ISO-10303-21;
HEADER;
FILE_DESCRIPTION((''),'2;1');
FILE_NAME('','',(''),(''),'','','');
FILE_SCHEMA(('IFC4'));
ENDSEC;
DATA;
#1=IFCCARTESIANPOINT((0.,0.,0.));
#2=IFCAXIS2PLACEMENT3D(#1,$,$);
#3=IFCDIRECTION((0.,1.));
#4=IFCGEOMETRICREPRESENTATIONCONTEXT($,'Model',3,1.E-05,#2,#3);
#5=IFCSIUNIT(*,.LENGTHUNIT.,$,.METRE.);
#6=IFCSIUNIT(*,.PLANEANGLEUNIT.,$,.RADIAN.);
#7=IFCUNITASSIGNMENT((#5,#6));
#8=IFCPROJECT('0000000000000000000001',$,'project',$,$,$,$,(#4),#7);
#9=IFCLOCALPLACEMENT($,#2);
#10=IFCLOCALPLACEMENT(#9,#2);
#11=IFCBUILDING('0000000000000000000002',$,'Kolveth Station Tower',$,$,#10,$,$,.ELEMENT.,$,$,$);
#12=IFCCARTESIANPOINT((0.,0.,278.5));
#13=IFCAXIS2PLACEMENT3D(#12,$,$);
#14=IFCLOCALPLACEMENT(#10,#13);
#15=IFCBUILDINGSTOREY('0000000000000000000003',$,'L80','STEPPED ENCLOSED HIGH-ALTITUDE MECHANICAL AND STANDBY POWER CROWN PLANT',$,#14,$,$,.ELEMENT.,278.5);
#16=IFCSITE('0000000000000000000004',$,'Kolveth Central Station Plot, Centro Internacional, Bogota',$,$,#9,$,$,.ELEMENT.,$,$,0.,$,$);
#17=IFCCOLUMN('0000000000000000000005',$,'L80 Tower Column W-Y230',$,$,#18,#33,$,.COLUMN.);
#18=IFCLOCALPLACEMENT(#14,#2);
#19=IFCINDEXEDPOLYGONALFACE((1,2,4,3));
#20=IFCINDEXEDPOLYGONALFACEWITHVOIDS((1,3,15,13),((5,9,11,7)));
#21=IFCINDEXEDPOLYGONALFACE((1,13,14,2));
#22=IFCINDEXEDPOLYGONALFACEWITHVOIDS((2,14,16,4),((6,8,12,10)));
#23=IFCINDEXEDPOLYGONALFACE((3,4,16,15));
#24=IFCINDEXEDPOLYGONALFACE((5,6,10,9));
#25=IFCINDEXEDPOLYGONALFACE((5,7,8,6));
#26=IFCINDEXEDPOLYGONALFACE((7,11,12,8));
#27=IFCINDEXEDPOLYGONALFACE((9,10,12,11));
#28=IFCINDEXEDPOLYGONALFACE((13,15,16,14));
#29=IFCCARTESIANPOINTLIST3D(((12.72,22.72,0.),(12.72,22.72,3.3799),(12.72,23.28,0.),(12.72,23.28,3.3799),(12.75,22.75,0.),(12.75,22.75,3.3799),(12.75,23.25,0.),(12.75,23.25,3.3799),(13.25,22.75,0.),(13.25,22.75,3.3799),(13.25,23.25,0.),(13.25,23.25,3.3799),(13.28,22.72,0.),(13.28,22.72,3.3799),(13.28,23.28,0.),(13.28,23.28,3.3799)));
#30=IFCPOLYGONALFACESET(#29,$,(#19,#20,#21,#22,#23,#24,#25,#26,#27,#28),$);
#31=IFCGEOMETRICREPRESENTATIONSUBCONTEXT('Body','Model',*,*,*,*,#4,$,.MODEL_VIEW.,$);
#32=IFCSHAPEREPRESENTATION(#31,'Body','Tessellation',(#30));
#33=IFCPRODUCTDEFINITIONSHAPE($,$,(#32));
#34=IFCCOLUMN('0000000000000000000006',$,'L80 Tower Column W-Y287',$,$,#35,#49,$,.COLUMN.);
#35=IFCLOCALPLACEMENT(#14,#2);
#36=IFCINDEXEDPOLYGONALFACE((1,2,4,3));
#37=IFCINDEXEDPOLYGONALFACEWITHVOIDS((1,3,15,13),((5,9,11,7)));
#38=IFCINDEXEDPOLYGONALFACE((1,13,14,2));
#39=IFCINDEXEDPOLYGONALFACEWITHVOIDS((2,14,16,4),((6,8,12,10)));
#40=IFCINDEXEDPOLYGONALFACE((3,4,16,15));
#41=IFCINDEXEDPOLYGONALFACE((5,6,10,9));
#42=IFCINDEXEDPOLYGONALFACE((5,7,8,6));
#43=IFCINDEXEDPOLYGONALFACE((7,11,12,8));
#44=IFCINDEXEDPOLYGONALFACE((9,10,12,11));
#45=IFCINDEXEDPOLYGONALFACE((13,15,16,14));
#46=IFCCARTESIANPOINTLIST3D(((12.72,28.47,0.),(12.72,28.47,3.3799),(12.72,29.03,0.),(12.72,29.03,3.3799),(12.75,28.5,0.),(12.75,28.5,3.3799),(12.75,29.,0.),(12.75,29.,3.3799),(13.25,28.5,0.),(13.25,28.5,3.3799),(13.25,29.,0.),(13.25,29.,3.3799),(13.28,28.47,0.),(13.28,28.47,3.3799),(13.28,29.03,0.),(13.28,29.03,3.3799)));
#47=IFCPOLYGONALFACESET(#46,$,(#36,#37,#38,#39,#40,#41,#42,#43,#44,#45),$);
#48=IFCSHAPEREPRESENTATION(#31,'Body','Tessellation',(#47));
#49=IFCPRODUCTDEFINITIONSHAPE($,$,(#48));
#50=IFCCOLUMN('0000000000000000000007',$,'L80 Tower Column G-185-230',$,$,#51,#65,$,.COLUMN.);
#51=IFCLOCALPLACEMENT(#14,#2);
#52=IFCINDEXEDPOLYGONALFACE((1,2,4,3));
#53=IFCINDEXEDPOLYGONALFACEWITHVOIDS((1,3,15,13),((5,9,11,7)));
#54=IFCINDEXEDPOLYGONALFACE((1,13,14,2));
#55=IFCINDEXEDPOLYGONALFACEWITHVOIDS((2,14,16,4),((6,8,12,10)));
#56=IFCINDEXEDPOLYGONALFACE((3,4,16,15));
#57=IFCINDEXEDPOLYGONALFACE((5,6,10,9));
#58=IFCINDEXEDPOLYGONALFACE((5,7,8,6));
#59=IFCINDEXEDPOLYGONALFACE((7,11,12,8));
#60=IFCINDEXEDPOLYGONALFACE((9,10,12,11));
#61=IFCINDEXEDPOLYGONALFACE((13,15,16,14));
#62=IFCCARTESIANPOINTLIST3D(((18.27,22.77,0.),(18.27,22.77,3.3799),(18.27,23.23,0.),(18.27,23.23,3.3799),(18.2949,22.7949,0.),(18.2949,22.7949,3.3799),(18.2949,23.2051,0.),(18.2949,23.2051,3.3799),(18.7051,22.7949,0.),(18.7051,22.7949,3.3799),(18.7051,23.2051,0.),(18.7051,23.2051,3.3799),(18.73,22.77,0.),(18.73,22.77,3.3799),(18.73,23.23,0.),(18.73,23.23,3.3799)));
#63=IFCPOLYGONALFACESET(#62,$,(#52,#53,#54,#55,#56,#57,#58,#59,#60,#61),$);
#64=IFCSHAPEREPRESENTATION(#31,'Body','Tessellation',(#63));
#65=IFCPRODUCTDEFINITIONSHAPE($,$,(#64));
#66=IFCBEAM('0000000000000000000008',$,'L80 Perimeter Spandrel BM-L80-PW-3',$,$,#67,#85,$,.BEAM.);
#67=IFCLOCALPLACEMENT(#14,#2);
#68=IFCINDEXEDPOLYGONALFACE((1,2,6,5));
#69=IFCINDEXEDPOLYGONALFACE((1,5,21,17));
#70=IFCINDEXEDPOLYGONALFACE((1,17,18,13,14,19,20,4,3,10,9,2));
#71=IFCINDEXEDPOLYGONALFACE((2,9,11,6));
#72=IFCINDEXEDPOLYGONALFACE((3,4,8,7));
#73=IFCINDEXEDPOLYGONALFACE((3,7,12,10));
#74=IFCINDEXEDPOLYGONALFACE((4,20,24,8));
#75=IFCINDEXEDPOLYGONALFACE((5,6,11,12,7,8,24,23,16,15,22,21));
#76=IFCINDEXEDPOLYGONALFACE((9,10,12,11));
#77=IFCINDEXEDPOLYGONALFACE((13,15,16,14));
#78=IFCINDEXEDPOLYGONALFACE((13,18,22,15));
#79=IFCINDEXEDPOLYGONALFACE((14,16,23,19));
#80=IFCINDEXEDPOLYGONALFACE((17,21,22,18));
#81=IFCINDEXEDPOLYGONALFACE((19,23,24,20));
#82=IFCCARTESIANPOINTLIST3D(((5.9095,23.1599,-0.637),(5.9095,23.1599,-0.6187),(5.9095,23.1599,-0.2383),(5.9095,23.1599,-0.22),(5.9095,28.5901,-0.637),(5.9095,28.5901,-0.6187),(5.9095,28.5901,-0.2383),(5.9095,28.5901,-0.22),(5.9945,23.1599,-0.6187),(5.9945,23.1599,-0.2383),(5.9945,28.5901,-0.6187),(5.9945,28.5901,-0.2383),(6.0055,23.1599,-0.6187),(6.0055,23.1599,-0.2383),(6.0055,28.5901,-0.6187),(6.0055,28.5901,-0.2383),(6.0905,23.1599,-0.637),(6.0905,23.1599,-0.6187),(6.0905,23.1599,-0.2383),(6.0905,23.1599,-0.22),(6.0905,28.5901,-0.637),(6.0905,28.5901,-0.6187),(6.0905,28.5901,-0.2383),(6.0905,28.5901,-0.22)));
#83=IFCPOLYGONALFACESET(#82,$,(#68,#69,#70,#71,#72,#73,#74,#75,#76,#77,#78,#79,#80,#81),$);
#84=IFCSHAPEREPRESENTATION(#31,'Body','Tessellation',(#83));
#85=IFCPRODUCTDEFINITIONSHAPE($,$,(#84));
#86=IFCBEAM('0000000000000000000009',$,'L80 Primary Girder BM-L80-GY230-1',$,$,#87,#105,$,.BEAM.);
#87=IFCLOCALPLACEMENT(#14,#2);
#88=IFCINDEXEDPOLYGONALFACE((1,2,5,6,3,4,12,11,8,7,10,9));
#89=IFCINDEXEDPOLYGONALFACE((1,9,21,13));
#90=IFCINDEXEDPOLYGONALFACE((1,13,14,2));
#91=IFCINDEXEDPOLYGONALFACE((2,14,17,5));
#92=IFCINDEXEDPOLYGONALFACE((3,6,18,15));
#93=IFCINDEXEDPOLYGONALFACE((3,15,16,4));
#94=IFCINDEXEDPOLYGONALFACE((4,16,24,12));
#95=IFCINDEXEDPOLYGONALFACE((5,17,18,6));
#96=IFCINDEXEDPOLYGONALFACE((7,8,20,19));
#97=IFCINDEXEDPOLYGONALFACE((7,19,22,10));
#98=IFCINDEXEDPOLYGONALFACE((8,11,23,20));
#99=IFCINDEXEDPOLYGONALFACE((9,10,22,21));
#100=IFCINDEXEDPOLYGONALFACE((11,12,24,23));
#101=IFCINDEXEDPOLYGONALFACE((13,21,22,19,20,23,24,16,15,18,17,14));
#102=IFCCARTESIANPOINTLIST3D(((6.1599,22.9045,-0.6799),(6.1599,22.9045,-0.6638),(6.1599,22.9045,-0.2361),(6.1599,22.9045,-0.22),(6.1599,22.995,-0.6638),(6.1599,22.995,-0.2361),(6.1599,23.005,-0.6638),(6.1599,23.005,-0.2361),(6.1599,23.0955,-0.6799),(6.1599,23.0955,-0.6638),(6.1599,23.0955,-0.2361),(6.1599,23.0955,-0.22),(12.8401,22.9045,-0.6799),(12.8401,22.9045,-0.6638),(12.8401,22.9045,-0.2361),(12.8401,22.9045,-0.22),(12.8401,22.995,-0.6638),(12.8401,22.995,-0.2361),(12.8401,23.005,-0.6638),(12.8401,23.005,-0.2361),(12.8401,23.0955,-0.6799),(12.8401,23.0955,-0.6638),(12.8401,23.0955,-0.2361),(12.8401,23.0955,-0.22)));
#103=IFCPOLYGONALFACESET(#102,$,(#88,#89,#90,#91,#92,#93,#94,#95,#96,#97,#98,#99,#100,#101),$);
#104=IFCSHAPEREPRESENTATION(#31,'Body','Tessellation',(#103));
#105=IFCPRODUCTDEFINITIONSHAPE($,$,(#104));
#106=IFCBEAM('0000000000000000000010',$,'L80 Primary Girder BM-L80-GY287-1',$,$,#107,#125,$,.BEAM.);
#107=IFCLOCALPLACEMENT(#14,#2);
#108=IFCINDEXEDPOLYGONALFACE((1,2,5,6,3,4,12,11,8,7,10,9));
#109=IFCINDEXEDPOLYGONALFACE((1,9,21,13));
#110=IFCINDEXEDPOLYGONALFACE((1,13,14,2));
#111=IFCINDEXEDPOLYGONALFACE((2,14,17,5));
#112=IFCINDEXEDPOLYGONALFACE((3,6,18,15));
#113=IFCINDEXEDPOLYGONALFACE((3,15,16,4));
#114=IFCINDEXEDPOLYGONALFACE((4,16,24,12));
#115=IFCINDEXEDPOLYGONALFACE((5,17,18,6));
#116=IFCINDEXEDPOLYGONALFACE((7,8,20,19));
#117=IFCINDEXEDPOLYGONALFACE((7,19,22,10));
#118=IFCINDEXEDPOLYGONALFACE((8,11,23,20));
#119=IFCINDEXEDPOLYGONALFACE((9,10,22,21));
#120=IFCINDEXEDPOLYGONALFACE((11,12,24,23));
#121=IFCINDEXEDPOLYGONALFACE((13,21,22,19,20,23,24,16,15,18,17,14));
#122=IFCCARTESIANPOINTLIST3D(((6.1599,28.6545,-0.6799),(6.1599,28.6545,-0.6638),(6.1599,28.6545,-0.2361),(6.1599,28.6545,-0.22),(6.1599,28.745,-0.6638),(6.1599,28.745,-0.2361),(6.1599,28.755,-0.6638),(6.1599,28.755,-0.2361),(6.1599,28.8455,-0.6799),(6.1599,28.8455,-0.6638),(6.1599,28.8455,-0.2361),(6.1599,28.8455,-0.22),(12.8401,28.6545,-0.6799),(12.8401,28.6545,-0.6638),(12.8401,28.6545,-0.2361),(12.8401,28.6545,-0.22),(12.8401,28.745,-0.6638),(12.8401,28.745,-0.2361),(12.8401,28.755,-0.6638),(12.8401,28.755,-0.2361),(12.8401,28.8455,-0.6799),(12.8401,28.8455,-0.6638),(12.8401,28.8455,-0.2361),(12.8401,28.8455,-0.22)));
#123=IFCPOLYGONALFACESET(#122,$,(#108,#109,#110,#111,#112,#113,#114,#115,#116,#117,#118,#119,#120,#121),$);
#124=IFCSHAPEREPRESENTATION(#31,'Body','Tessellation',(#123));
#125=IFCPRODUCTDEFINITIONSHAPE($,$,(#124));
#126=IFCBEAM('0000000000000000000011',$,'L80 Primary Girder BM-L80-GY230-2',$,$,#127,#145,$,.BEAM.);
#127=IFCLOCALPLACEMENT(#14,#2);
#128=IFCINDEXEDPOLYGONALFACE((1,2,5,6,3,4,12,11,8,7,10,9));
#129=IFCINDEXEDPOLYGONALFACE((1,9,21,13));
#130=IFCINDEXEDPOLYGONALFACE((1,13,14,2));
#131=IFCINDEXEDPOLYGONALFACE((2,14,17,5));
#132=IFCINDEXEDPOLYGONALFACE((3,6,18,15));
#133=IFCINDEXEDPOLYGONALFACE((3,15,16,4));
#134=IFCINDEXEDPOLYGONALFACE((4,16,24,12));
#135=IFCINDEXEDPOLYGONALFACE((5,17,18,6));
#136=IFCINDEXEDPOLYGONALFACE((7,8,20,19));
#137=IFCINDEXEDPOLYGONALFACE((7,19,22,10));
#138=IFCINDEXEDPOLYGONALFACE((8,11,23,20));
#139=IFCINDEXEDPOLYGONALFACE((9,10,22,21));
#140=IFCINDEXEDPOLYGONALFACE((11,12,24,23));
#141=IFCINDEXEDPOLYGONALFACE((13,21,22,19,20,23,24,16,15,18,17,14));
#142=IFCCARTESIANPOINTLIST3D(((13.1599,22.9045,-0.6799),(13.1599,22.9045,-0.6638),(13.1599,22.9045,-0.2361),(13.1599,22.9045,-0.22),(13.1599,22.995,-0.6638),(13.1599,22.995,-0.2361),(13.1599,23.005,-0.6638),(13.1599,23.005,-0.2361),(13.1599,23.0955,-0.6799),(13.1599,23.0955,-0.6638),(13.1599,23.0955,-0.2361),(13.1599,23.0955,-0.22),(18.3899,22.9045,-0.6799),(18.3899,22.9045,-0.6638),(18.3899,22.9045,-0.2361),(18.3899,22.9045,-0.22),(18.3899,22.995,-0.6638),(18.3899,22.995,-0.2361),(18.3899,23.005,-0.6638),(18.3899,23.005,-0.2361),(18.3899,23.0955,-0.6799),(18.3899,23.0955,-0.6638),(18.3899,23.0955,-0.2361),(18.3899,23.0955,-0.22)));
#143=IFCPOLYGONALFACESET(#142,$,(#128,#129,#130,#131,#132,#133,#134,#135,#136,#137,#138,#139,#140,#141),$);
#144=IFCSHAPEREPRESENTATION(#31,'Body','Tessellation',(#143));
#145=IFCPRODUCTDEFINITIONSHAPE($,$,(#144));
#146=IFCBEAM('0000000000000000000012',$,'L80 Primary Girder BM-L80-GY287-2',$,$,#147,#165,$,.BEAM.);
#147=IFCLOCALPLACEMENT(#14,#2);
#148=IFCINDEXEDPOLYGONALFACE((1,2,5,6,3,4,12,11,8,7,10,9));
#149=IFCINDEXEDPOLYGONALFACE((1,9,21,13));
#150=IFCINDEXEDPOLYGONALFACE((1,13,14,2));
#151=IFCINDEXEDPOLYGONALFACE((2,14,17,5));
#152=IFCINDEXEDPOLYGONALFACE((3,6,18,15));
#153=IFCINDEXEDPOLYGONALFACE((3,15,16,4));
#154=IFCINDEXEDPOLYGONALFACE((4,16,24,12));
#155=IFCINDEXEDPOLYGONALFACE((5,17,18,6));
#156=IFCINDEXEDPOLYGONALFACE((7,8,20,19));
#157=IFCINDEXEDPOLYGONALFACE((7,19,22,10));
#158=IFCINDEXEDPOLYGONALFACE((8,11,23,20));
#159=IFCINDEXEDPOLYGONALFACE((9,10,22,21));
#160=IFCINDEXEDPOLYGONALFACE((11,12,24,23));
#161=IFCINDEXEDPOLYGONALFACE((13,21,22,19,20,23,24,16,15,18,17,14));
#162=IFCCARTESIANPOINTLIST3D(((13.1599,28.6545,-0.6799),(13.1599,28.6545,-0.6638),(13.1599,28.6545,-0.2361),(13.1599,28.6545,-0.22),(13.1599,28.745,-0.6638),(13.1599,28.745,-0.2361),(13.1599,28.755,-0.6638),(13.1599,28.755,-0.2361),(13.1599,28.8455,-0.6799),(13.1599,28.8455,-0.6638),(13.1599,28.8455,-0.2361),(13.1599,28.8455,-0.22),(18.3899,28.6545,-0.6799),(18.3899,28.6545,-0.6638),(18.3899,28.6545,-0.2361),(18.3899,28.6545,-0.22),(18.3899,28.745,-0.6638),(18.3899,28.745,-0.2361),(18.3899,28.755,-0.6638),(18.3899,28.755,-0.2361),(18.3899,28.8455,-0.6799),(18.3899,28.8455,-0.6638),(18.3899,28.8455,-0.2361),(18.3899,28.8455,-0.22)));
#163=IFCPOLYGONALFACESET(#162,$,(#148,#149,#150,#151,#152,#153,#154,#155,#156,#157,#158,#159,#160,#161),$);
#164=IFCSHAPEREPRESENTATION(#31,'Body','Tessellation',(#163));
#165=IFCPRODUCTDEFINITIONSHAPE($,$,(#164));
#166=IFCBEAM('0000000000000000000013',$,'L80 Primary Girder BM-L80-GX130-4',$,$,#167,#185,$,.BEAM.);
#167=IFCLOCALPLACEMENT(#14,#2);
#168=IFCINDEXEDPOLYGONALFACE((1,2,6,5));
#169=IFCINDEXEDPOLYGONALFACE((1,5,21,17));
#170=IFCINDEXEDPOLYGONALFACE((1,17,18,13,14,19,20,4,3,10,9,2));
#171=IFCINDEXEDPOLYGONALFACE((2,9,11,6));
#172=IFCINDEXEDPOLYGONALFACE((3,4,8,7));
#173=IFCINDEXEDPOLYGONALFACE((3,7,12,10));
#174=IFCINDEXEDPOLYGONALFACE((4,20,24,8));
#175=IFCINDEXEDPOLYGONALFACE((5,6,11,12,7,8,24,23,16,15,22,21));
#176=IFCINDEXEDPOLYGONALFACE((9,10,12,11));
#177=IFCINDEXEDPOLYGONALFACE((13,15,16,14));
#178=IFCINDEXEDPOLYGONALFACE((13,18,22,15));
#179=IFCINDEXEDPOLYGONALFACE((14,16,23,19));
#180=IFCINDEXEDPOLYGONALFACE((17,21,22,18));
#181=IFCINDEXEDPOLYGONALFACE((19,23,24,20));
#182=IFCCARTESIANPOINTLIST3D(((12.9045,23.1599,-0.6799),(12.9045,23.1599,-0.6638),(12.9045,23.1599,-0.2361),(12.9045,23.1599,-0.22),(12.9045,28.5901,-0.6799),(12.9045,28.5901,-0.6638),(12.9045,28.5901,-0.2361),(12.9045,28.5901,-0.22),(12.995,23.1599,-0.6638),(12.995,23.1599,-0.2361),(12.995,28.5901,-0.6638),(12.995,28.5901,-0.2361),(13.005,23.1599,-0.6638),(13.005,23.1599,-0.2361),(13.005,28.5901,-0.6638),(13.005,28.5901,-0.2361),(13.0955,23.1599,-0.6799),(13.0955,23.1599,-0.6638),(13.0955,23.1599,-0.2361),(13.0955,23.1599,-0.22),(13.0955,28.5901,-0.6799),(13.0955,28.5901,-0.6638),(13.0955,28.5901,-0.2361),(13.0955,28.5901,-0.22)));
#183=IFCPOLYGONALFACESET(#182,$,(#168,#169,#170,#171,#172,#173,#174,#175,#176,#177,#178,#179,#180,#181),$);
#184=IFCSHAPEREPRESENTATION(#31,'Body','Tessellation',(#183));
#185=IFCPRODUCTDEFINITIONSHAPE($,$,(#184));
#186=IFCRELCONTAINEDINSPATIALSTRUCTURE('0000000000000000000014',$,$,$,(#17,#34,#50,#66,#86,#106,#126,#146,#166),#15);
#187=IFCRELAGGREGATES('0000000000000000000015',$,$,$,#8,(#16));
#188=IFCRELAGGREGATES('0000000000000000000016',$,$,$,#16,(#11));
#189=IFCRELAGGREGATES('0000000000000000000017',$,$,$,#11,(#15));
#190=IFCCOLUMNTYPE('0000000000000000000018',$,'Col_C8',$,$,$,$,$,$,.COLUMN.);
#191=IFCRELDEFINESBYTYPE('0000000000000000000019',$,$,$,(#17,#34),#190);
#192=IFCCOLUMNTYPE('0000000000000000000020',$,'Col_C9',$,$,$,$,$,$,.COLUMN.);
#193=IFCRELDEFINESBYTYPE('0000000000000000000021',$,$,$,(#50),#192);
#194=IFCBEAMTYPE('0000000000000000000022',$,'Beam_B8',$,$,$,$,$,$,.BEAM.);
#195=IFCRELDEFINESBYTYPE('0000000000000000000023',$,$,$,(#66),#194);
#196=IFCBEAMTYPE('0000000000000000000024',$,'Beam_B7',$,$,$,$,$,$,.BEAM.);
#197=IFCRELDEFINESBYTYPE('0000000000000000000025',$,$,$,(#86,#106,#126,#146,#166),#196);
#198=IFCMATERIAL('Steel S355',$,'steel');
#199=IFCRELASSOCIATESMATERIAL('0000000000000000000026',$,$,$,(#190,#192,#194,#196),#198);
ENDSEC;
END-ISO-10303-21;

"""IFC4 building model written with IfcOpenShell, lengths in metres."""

from ifc_helpers import new_model, si_unit, direction, frame, origin, origin_2d, place, context, subcontext, project, spatial, hollow_rectangle, i_section, extrude, source, transform, mapped, material, material_profile, profile_set, type_object, element, save


model = new_model("IFC4")

# Units and contexts
model_context = context("Model", 3, precision=1e-05, world=origin(), true_north=direction((0.0, 1.0)))
body_context = subcontext(model_context, "Body", "Model", "MODEL_VIEW")
ifc_project = project(units=[si_unit("LENGTHUNIT", "METRE"), si_unit("PLANEANGLEUNIT", "RADIAN")], contexts=[model_context])

# Site, building, storey
site_placement = place(None, origin())
site = spatial("IfcSite", under=ifc_project, at=site_placement, Name="Kolveth Central Station Plot, Centro Internacional, Bogota", CompositionType="ELEMENT", RefElevation=0.0)
building_placement = place(site_placement, origin())
building = spatial("IfcBuilding", under=site, at=building_placement, Name="Kolveth Station Tower", CompositionType="ELEMENT")
storey_placement = place(building_placement, frame((0.0, 0.0, 278.5)))
storey = spatial("IfcBuildingStorey", under=building, at=storey_placement, Name="L80", Description="STEPPED ENCLOSED HIGH-ALTITUDE MECHANICAL AND STANDBY POWER CROWN PLANT", CompositionType="ELEMENT", Elevation=278.5)

# Columns
ifc_material_1 = material(Name="Steel S355", Category="steel")
ifc_material_profile_1 = material_profile(ifc_material_1, hollow_rectangle(XDim=0.5601, YDim=0.5601, WallThickness=0.03, at=origin_2d()), Name="BOX560x560x30")
ifc_profile_set_1 = profile_set([ifc_material_profile_1], Name="Steel S355")
column_type_1 = type_object("IfcColumnType", Name="Col_C8", PredefinedType="COLUMN", material=ifc_profile_set_1)
shared_shape_1 = source(origin(), body_context, "Body", "SweptSolid", [
    extrude(hollow_rectangle(XDim=0.5601, YDim=0.5601, WallThickness=0.03, at=origin_2d()), origin(), (0.0, 0.0, 1.0), 3.3799),
])
for number, where, z_axis, x_axis, name in (
    (1, (13.0, 23.0, 0.0), (0.0, 0.0, 1.0), (1.0, 0.0, 0.0), "L80 Tower Column W-Y230"),
    (2, (13.0, 28.75, 0.0), (0.0, 0.0, 1.0), (1.0, 0.0, 0.0), "L80 Tower Column W-Y287"),
):
    element("IfcColumn", number, at=place(storey_placement, frame(where, z_axis=z_axis, x_axis=x_axis)), inside=storey, type_object=column_type_1, Name=name, PredefinedType="COLUMN", context=body_context, shape_type="MappedRepresentation", body=[
        mapped(shared_shape_1, transform((0.0, 0.0, 0.0), x_axis=(1.0, 0.0, 0.0), y_axis=(0.0, 1.0, 0.0), z_axis=(0.0, 0.0, 1.0), scale=1.0)),
    ])
ifc_material_profile_2 = material_profile(ifc_material_1, hollow_rectangle(XDim=0.46, YDim=0.46, WallThickness=0.0249, at=origin_2d()), Name="BOX460x460x25")
ifc_profile_set_2 = profile_set([ifc_material_profile_2], Name="Steel S355")
column_type_2 = type_object("IfcColumnType", Name="Col_C9", PredefinedType="COLUMN", material=ifc_profile_set_2)
shared_shape_2 = source(origin(), body_context, "Body", "SweptSolid", [
    extrude(hollow_rectangle(XDim=0.46, YDim=0.46, WallThickness=0.0249, at=origin_2d()), origin(), (0.0, 0.0, 1.0), 3.3799),
])
column_placement = place(storey_placement, frame((18.5, 23.0, 0.0), z_axis=(0.0, 0.0, 1.0), x_axis=(1.0, 0.0, 0.0)))
element("IfcColumn", 3, at=column_placement, inside=storey, type_object=column_type_2, Name="L80 Tower Column G-185-230", PredefinedType="COLUMN", context=body_context, shape_type="MappedRepresentation", body=[
    mapped(shared_shape_2, transform((0.0, 0.0, 0.0), x_axis=(1.0, 0.0, 0.0), y_axis=(0.0, 1.0, 0.0), z_axis=(0.0, 0.0, 1.0), scale=1.0)),
])

# Beams
ifc_material_profile_3 = material_profile(ifc_material_1, i_section(OverallWidth=0.1809, OverallDepth=0.417, WebThickness=0.011, FlangeThickness=0.0183, at=origin_2d()), Name="W410x85")
ifc_profile_set_3 = profile_set([ifc_material_profile_3], Name="Steel S355")
beam_type_1 = type_object("IfcBeamType", Name="Beam_B8", PredefinedType="BEAM", material=ifc_profile_set_3)
shared_shape_3 = source(origin(), body_context, "Body", "SweptSolid", [
    extrude(i_section(OverallWidth=0.1809, OverallDepth=0.417, WebThickness=0.011, FlangeThickness=0.0183, at=origin_2d()), origin(), (0.0, 0.0, 1.0), 5.4302),
])
beam_1_placement = place(storey_placement, frame((6.0, 23.1599, -0.4285), z_axis=(0.0, 1.0, 0.0), x_axis=(-1.0, 0.0, 0.0)))
element("IfcBeam", 4, at=beam_1_placement, inside=storey, type_object=beam_type_1, Name="L80 Perimeter Spandrel BM-L80-PW-3", PredefinedType="BEAM", context=body_context, shape_type="MappedRepresentation", body=[
    mapped(shared_shape_3, transform((0.0, 0.0, 0.0), x_axis=(1.0, 0.0, 0.0), y_axis=(0.0, 1.0, 0.0), z_axis=(0.0, 0.0, 1.0), scale=1.0)),
])
ifc_material_profile_4 = material_profile(ifc_material_1, i_section(OverallWidth=0.1909, OverallDepth=0.46, WebThickness=0.01, FlangeThickness=0.0161, at=origin_2d()), Name="W460x82")
ifc_profile_set_4 = profile_set([ifc_material_profile_4], Name="Steel S355")
beam_type_2 = type_object("IfcBeamType", Name="Beam_B7", PredefinedType="BEAM", material=ifc_profile_set_4)
shared_shape_4 = source(origin(), body_context, "Body", "SweptSolid", [
    extrude(i_section(OverallWidth=0.1909, OverallDepth=0.46, WebThickness=0.01, FlangeThickness=0.0161, at=origin_2d()), origin(), (0.0, 0.0, 1.0), 6.6802),
])
for number, where, z_axis, x_axis, name in (
    (5, (6.1599, 23.0, -0.45), (1.0, 0.0, 0.0), (0.0, 1.0, 0.0), "L80 Primary Girder BM-L80-GY230-1"),
    (6, (6.1599, 28.75, -0.45), (1.0, 0.0, 0.0), (0.0, 1.0, 0.0), "L80 Primary Girder BM-L80-GY287-1"),
):
    element("IfcBeam", number, at=place(storey_placement, frame(where, z_axis=z_axis, x_axis=x_axis)), inside=storey, type_object=beam_type_2, Name=name, PredefinedType="BEAM", context=body_context, shape_type="MappedRepresentation", body=[
        mapped(shared_shape_4, transform((0.0, 0.0, 0.0), x_axis=(1.0, 0.0, 0.0), y_axis=(0.0, 1.0, 0.0), z_axis=(0.0, 0.0, 1.0), scale=1.0)),
    ])
shared_shape_5 = source(origin(), body_context, "Body", "SweptSolid", [
    extrude(i_section(OverallWidth=0.1909, OverallDepth=0.46, WebThickness=0.01, FlangeThickness=0.0161, at=origin_2d()), origin(), (0.0, 0.0, 1.0), 5.23),
])
for number, where, z_axis, x_axis, name in (
    (7, (13.1599, 23.0, -0.45), (1.0, 0.0, 0.0), (0.0, 1.0, 0.0), "L80 Primary Girder BM-L80-GY230-2"),
    (8, (13.1599, 28.75, -0.45), (1.0, 0.0, 0.0), (0.0, 1.0, 0.0), "L80 Primary Girder BM-L80-GY287-2"),
):
    element("IfcBeam", number, at=place(storey_placement, frame(where, z_axis=z_axis, x_axis=x_axis)), inside=storey, type_object=beam_type_2, Name=name, PredefinedType="BEAM", context=body_context, shape_type="MappedRepresentation", body=[
        mapped(shared_shape_5, transform((0.0, 0.0, 0.0), x_axis=(1.0, 0.0, 0.0), y_axis=(0.0, 1.0, 0.0), z_axis=(0.0, 0.0, 1.0), scale=1.0)),
    ])
shared_shape_6 = source(origin(), body_context, "Body", "SweptSolid", [
    extrude(i_section(OverallWidth=0.1909, OverallDepth=0.46, WebThickness=0.01, FlangeThickness=0.0161, at=origin_2d()), origin(), (0.0, 0.0, 1.0), 5.4302),
])
beam_2_placement = place(storey_placement, frame((13.0, 23.1599, -0.45), z_axis=(0.0, 1.0, 0.0), x_axis=(-1.0, 0.0, 0.0)))
element("IfcBeam", 9, at=beam_2_placement, inside=storey, type_object=beam_type_2, Name="L80 Primary Girder BM-L80-GX130-4", PredefinedType="BEAM", context=body_context, shape_type="MappedRepresentation", body=[
    mapped(shared_shape_6, transform((0.0, 0.0, 0.0), x_axis=(1.0, 0.0, 0.0), y_axis=(0.0, 1.0, 0.0), z_axis=(0.0, 0.0, 1.0), scale=1.0)),
])

save(model, "model.ifc")
